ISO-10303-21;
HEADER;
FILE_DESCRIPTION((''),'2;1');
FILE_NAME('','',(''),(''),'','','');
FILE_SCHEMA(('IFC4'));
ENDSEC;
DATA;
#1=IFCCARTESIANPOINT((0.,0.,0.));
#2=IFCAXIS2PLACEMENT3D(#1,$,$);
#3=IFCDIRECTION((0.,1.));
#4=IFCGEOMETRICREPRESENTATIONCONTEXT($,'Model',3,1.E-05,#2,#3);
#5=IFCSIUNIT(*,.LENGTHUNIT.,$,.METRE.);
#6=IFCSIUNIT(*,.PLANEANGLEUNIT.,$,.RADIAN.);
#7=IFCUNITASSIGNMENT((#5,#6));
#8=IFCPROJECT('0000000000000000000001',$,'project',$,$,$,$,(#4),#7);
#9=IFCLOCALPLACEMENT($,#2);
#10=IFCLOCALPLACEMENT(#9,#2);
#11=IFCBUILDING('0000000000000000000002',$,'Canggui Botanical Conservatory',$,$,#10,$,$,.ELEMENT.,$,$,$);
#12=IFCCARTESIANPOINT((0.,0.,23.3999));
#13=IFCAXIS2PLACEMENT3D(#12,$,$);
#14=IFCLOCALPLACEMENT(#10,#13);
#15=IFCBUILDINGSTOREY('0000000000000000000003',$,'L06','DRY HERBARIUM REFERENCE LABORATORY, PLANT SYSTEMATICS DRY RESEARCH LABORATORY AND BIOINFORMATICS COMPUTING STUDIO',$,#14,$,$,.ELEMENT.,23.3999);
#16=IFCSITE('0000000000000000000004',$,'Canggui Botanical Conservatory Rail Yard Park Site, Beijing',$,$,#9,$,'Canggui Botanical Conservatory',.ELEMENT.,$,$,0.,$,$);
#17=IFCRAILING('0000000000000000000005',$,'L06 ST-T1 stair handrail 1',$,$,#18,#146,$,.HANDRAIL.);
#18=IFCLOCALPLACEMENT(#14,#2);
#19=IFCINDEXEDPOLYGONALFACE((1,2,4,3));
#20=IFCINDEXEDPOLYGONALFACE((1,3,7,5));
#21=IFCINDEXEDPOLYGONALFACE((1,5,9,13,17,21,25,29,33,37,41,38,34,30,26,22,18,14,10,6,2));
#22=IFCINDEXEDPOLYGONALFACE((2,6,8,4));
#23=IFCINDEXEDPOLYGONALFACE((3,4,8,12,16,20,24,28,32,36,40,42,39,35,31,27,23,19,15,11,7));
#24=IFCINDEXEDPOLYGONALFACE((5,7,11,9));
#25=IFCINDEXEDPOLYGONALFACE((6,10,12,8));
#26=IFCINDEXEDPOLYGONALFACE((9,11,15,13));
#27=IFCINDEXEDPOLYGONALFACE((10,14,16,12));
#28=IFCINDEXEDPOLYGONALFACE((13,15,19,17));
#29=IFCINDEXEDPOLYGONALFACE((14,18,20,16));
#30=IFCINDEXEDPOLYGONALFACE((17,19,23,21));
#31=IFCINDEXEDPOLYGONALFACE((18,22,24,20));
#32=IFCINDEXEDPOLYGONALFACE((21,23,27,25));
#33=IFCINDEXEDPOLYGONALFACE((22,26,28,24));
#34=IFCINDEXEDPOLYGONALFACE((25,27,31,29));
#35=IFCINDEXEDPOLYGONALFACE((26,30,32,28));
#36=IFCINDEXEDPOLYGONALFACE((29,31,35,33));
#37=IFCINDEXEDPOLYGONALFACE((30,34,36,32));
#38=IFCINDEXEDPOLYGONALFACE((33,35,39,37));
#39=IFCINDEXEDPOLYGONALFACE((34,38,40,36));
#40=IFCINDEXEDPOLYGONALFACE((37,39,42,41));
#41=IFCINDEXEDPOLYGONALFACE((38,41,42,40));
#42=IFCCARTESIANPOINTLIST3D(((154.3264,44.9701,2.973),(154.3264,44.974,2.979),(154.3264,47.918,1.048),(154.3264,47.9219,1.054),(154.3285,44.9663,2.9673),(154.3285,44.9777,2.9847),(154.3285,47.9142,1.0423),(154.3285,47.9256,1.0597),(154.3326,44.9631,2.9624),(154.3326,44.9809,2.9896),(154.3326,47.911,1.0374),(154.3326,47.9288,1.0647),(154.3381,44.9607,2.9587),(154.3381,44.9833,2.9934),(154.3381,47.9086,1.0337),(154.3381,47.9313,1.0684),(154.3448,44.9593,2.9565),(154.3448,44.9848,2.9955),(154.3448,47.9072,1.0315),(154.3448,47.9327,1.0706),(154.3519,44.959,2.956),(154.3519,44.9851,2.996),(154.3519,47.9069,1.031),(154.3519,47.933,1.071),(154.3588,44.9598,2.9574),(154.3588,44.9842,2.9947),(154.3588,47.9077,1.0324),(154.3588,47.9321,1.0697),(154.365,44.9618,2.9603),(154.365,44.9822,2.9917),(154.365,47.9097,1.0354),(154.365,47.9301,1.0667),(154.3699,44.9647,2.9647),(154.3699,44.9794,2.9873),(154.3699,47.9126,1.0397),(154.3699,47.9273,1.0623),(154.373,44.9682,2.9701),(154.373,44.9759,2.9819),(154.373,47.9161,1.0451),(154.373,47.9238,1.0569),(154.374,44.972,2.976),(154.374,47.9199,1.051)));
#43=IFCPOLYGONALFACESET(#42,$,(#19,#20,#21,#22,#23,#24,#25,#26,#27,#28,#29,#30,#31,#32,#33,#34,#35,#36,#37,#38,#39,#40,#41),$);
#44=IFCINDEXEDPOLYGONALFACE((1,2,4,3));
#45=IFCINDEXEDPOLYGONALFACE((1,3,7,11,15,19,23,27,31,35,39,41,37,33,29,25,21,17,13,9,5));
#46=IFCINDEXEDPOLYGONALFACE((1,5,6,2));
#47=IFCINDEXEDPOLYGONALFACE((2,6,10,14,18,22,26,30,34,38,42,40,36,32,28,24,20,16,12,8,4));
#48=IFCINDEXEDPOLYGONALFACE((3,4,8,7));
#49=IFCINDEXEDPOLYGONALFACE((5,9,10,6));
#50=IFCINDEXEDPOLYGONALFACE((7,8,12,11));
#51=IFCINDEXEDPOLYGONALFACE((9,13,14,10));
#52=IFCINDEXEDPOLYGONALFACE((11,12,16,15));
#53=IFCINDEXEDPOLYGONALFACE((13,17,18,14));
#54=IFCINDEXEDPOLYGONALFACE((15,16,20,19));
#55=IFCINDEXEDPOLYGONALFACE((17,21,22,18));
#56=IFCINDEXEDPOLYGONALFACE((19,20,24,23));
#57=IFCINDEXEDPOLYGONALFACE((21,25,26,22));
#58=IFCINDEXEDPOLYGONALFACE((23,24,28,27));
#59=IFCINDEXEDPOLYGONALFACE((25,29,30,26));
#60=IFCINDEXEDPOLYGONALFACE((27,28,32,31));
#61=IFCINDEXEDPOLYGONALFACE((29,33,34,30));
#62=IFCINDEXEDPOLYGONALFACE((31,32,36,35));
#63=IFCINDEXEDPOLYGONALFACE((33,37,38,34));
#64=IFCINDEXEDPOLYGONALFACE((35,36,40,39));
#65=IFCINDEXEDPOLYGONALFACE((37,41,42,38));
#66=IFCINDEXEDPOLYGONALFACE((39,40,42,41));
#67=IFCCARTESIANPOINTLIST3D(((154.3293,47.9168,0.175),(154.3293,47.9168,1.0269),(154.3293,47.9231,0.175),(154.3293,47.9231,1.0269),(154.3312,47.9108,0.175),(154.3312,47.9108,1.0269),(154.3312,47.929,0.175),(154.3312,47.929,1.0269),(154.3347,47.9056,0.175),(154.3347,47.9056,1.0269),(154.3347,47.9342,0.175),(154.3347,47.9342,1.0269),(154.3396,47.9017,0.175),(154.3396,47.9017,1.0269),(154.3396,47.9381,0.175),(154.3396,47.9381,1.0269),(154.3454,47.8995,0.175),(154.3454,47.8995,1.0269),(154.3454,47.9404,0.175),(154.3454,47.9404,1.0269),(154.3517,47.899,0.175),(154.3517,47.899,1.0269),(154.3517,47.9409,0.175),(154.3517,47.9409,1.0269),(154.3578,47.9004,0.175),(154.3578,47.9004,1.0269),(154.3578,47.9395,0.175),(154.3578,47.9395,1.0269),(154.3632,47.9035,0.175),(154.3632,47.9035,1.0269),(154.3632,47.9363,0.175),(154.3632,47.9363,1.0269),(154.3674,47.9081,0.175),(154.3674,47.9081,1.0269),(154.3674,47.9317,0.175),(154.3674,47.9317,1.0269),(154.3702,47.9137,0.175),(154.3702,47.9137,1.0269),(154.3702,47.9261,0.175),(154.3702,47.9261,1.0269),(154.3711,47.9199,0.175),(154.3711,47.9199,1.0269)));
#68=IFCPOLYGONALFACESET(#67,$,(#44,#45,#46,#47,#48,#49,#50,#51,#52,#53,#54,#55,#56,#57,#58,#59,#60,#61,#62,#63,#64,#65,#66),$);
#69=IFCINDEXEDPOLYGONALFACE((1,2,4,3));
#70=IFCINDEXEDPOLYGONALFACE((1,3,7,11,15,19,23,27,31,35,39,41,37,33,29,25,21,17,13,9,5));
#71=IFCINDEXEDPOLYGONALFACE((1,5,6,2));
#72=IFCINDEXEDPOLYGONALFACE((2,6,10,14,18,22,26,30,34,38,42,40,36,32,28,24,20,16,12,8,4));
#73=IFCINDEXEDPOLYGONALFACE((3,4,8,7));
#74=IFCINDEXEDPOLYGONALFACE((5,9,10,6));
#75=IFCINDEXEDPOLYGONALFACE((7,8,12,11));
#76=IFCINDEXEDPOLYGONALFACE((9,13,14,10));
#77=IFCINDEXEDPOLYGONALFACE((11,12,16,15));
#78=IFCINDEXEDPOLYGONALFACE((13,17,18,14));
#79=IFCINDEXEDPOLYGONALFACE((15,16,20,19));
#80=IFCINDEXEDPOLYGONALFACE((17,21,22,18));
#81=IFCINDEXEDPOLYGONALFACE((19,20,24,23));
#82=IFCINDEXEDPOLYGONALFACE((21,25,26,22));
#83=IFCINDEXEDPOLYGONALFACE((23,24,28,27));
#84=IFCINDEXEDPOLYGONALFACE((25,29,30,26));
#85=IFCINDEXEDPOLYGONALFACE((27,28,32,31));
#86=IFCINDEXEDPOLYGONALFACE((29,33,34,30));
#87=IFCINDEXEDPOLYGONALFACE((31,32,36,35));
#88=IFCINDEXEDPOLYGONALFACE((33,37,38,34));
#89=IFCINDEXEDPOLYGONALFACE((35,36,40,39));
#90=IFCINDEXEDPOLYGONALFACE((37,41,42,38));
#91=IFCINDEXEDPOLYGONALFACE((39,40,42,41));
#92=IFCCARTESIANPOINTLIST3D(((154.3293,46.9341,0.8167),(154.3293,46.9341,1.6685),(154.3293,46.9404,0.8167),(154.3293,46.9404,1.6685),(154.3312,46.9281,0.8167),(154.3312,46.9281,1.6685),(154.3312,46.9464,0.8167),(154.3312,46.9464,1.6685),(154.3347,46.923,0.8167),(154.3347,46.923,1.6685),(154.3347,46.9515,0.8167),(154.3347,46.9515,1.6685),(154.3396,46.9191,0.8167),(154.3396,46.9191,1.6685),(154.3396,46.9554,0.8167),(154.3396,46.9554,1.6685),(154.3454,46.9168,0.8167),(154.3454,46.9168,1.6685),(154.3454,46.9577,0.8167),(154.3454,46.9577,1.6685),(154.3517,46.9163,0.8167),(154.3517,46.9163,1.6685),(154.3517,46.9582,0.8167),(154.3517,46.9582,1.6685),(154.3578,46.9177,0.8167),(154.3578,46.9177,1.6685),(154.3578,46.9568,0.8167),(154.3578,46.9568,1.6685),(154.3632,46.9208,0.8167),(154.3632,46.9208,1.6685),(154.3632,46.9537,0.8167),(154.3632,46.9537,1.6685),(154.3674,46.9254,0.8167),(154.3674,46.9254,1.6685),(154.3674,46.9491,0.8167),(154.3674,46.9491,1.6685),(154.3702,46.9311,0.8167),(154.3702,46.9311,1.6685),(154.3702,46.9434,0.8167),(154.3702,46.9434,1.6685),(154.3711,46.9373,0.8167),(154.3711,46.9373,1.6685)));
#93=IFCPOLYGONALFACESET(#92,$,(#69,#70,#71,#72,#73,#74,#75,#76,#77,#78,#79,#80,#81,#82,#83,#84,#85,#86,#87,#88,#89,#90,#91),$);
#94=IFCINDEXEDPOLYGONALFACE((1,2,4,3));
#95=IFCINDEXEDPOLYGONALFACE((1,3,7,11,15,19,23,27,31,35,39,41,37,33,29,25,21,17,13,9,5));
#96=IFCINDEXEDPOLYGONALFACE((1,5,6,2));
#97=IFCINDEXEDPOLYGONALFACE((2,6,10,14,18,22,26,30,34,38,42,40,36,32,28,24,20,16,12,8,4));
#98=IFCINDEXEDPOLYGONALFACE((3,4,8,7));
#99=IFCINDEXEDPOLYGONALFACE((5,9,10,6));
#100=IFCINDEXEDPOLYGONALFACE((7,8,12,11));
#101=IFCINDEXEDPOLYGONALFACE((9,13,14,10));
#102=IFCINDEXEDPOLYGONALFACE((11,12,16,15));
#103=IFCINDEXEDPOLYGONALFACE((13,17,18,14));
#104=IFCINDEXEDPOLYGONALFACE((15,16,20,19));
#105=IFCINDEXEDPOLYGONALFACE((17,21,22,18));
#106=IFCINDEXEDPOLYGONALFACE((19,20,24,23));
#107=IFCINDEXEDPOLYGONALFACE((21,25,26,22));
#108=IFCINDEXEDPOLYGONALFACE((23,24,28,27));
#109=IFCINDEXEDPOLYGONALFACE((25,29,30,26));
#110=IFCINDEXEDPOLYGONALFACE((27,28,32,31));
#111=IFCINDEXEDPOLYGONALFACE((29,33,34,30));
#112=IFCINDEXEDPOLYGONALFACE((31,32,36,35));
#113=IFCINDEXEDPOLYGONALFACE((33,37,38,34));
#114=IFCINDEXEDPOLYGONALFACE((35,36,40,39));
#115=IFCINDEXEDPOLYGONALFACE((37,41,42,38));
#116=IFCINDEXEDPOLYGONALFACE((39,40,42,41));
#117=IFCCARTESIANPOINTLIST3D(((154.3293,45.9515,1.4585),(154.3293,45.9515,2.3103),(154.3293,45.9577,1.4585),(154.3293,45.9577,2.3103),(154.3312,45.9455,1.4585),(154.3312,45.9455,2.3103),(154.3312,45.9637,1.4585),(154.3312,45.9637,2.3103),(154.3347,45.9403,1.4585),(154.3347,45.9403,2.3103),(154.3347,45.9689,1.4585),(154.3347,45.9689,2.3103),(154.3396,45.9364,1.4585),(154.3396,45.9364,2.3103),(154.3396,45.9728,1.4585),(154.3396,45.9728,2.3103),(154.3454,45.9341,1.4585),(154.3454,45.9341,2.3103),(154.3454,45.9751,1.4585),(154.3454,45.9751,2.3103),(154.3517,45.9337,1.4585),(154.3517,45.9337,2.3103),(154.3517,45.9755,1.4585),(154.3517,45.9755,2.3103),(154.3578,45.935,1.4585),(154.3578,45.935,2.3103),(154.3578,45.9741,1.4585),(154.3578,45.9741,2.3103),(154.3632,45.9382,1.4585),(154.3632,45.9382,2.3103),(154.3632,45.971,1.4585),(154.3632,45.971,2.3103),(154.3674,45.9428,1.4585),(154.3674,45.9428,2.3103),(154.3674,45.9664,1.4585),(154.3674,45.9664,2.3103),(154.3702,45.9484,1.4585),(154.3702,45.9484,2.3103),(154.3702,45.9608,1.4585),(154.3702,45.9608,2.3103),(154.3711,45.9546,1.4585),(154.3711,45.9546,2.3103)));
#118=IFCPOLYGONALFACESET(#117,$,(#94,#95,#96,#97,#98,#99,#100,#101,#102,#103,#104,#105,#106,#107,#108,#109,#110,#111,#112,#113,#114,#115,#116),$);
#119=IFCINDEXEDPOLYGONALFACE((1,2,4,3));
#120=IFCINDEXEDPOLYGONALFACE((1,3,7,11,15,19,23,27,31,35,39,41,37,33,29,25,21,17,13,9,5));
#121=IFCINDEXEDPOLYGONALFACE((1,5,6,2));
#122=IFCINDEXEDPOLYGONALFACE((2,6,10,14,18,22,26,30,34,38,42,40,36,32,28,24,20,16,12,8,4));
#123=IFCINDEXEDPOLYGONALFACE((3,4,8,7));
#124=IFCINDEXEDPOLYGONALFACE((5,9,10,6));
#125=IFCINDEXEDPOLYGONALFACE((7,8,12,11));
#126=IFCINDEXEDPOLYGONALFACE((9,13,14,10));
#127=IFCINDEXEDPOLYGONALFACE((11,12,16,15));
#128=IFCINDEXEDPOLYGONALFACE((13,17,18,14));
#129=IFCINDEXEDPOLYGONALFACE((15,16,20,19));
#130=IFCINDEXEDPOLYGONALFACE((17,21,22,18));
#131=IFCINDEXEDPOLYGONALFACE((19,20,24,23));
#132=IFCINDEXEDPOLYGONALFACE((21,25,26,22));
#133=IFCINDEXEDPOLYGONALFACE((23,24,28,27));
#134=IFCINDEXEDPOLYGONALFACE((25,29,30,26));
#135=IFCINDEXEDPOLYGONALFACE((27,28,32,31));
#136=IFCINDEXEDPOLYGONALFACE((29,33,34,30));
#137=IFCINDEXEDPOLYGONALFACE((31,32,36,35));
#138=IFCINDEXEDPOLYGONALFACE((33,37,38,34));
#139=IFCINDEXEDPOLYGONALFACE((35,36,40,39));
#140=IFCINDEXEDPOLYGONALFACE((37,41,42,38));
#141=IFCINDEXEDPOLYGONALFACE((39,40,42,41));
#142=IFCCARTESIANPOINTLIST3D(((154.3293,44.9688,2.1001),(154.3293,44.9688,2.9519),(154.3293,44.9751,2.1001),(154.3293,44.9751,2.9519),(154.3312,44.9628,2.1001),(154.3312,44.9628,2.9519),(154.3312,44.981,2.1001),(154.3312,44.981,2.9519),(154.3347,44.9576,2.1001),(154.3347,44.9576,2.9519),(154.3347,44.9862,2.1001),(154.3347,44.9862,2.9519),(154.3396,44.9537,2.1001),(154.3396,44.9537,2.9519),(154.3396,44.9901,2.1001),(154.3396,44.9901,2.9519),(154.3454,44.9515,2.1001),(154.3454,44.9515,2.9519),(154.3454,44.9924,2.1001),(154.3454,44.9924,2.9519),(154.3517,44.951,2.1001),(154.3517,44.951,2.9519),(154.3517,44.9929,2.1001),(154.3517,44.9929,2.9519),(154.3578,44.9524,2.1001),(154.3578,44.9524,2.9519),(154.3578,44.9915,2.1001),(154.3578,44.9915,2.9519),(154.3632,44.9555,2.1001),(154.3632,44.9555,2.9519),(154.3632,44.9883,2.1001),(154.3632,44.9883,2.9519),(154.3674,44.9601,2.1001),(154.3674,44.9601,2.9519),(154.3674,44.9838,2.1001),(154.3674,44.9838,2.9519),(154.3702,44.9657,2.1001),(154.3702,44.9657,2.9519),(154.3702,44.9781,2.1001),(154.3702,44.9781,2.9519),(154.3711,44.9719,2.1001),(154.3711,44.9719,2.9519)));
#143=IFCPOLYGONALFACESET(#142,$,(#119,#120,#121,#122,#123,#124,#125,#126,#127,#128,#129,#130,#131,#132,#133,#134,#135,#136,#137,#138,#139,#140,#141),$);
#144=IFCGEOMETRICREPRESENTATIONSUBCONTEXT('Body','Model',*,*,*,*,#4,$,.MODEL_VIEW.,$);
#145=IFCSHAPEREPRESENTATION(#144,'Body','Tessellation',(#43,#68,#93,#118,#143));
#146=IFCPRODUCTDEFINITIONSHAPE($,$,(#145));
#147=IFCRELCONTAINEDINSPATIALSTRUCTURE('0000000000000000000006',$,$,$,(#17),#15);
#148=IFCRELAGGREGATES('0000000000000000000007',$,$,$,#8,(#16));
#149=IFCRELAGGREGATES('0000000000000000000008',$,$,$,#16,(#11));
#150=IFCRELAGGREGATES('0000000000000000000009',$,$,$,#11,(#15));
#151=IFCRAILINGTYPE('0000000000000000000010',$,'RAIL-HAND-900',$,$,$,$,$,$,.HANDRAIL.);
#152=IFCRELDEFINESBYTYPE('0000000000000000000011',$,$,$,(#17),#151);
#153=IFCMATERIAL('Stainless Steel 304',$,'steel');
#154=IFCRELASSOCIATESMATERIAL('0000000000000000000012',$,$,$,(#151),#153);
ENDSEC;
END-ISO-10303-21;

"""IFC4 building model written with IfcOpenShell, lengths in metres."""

from ifc_helpers import new_model, si_unit, direction, frame, origin, origin_2d, place, context, subcontext, project, spatial, circle, extrude, material, type_object, element, save


model = new_model("IFC4")

# Units and contexts
model_context = context("Model", 3, precision=1e-05, world=origin(), true_north=direction((0.0, 1.0)))
body_context = subcontext(model_context, "Body", "Model", "MODEL_VIEW")
ifc_project = project(units=[si_unit("LENGTHUNIT", "METRE"), si_unit("PLANEANGLEUNIT", "RADIAN")], contexts=[model_context])

# Site, building, storey
site_placement = place(None, origin())
site = spatial("IfcSite", under=ifc_project, at=site_placement, Name="Canggui Botanical Conservatory Rail Yard Park Site, Beijing", LongName="Canggui Botanical Conservatory", CompositionType="ELEMENT", RefElevation=0.0)
building_placement = place(site_placement, origin())
building = spatial("IfcBuilding", under=site, at=building_placement, Name="Canggui Botanical Conservatory", CompositionType="ELEMENT")
storey_placement = place(building_placement, frame((0.0, 0.0, 23.3999)))
storey = spatial("IfcBuildingStorey", under=building, at=storey_placement, Name="L06", Description="DRY HERBARIUM REFERENCE LABORATORY, PLANT SYSTEMATICS DRY RESEARCH LABORATORY AND BIOINFORMATICS COMPUTING STUDIO", CompositionType="ELEMENT", Elevation=23.3999)

# Railing
ifc_material_1 = material(Name="Stainless Steel 304", Category="steel")
railing_type = type_object("IfcRailingType", Name="RAIL-HAND-900", PredefinedType="HANDRAIL", material=ifc_material_1)
railing_placement = place(storey_placement, frame((154.3501, 47.9199, 0.175)))
element("IfcRailing", 1, at=railing_placement, inside=storey, type_object=railing_type, Name="L06 ST-T1 stair handrail 1", PredefinedType="HANDRAIL", context=body_context, shape_type="SweptSolid", body=[
    extrude(circle(Radius=0.0239, at=origin_2d()), frame((0.0, 0.0, 0.876), z_axis=(0.0, -0.837293, 0.546754), x_axis=(1.0, 0.0, 0.0)), (0.0, 0.0, 1.0), 3.5208),
    extrude(circle(Radius=0.021, at=origin_2d()), origin(), (0.0, 0.0, 1.0), 0.8518),
    extrude(circle(Radius=0.021, at=origin_2d()), frame((0.0, -0.9827, 0.6416)), (0.0, 0.0, 1.0), 0.8518),
    extrude(circle(Radius=0.021, at=origin_2d()), frame((0.0, -1.9653, 1.2834)), (0.0, 0.0, 1.0), 0.8518),
    extrude(circle(Radius=0.021, at=origin_2d()), frame((0.0, -2.948, 1.925)), (0.0, 0.0, 1.0), 0.8518),
])

save(model, "model.ifc")
